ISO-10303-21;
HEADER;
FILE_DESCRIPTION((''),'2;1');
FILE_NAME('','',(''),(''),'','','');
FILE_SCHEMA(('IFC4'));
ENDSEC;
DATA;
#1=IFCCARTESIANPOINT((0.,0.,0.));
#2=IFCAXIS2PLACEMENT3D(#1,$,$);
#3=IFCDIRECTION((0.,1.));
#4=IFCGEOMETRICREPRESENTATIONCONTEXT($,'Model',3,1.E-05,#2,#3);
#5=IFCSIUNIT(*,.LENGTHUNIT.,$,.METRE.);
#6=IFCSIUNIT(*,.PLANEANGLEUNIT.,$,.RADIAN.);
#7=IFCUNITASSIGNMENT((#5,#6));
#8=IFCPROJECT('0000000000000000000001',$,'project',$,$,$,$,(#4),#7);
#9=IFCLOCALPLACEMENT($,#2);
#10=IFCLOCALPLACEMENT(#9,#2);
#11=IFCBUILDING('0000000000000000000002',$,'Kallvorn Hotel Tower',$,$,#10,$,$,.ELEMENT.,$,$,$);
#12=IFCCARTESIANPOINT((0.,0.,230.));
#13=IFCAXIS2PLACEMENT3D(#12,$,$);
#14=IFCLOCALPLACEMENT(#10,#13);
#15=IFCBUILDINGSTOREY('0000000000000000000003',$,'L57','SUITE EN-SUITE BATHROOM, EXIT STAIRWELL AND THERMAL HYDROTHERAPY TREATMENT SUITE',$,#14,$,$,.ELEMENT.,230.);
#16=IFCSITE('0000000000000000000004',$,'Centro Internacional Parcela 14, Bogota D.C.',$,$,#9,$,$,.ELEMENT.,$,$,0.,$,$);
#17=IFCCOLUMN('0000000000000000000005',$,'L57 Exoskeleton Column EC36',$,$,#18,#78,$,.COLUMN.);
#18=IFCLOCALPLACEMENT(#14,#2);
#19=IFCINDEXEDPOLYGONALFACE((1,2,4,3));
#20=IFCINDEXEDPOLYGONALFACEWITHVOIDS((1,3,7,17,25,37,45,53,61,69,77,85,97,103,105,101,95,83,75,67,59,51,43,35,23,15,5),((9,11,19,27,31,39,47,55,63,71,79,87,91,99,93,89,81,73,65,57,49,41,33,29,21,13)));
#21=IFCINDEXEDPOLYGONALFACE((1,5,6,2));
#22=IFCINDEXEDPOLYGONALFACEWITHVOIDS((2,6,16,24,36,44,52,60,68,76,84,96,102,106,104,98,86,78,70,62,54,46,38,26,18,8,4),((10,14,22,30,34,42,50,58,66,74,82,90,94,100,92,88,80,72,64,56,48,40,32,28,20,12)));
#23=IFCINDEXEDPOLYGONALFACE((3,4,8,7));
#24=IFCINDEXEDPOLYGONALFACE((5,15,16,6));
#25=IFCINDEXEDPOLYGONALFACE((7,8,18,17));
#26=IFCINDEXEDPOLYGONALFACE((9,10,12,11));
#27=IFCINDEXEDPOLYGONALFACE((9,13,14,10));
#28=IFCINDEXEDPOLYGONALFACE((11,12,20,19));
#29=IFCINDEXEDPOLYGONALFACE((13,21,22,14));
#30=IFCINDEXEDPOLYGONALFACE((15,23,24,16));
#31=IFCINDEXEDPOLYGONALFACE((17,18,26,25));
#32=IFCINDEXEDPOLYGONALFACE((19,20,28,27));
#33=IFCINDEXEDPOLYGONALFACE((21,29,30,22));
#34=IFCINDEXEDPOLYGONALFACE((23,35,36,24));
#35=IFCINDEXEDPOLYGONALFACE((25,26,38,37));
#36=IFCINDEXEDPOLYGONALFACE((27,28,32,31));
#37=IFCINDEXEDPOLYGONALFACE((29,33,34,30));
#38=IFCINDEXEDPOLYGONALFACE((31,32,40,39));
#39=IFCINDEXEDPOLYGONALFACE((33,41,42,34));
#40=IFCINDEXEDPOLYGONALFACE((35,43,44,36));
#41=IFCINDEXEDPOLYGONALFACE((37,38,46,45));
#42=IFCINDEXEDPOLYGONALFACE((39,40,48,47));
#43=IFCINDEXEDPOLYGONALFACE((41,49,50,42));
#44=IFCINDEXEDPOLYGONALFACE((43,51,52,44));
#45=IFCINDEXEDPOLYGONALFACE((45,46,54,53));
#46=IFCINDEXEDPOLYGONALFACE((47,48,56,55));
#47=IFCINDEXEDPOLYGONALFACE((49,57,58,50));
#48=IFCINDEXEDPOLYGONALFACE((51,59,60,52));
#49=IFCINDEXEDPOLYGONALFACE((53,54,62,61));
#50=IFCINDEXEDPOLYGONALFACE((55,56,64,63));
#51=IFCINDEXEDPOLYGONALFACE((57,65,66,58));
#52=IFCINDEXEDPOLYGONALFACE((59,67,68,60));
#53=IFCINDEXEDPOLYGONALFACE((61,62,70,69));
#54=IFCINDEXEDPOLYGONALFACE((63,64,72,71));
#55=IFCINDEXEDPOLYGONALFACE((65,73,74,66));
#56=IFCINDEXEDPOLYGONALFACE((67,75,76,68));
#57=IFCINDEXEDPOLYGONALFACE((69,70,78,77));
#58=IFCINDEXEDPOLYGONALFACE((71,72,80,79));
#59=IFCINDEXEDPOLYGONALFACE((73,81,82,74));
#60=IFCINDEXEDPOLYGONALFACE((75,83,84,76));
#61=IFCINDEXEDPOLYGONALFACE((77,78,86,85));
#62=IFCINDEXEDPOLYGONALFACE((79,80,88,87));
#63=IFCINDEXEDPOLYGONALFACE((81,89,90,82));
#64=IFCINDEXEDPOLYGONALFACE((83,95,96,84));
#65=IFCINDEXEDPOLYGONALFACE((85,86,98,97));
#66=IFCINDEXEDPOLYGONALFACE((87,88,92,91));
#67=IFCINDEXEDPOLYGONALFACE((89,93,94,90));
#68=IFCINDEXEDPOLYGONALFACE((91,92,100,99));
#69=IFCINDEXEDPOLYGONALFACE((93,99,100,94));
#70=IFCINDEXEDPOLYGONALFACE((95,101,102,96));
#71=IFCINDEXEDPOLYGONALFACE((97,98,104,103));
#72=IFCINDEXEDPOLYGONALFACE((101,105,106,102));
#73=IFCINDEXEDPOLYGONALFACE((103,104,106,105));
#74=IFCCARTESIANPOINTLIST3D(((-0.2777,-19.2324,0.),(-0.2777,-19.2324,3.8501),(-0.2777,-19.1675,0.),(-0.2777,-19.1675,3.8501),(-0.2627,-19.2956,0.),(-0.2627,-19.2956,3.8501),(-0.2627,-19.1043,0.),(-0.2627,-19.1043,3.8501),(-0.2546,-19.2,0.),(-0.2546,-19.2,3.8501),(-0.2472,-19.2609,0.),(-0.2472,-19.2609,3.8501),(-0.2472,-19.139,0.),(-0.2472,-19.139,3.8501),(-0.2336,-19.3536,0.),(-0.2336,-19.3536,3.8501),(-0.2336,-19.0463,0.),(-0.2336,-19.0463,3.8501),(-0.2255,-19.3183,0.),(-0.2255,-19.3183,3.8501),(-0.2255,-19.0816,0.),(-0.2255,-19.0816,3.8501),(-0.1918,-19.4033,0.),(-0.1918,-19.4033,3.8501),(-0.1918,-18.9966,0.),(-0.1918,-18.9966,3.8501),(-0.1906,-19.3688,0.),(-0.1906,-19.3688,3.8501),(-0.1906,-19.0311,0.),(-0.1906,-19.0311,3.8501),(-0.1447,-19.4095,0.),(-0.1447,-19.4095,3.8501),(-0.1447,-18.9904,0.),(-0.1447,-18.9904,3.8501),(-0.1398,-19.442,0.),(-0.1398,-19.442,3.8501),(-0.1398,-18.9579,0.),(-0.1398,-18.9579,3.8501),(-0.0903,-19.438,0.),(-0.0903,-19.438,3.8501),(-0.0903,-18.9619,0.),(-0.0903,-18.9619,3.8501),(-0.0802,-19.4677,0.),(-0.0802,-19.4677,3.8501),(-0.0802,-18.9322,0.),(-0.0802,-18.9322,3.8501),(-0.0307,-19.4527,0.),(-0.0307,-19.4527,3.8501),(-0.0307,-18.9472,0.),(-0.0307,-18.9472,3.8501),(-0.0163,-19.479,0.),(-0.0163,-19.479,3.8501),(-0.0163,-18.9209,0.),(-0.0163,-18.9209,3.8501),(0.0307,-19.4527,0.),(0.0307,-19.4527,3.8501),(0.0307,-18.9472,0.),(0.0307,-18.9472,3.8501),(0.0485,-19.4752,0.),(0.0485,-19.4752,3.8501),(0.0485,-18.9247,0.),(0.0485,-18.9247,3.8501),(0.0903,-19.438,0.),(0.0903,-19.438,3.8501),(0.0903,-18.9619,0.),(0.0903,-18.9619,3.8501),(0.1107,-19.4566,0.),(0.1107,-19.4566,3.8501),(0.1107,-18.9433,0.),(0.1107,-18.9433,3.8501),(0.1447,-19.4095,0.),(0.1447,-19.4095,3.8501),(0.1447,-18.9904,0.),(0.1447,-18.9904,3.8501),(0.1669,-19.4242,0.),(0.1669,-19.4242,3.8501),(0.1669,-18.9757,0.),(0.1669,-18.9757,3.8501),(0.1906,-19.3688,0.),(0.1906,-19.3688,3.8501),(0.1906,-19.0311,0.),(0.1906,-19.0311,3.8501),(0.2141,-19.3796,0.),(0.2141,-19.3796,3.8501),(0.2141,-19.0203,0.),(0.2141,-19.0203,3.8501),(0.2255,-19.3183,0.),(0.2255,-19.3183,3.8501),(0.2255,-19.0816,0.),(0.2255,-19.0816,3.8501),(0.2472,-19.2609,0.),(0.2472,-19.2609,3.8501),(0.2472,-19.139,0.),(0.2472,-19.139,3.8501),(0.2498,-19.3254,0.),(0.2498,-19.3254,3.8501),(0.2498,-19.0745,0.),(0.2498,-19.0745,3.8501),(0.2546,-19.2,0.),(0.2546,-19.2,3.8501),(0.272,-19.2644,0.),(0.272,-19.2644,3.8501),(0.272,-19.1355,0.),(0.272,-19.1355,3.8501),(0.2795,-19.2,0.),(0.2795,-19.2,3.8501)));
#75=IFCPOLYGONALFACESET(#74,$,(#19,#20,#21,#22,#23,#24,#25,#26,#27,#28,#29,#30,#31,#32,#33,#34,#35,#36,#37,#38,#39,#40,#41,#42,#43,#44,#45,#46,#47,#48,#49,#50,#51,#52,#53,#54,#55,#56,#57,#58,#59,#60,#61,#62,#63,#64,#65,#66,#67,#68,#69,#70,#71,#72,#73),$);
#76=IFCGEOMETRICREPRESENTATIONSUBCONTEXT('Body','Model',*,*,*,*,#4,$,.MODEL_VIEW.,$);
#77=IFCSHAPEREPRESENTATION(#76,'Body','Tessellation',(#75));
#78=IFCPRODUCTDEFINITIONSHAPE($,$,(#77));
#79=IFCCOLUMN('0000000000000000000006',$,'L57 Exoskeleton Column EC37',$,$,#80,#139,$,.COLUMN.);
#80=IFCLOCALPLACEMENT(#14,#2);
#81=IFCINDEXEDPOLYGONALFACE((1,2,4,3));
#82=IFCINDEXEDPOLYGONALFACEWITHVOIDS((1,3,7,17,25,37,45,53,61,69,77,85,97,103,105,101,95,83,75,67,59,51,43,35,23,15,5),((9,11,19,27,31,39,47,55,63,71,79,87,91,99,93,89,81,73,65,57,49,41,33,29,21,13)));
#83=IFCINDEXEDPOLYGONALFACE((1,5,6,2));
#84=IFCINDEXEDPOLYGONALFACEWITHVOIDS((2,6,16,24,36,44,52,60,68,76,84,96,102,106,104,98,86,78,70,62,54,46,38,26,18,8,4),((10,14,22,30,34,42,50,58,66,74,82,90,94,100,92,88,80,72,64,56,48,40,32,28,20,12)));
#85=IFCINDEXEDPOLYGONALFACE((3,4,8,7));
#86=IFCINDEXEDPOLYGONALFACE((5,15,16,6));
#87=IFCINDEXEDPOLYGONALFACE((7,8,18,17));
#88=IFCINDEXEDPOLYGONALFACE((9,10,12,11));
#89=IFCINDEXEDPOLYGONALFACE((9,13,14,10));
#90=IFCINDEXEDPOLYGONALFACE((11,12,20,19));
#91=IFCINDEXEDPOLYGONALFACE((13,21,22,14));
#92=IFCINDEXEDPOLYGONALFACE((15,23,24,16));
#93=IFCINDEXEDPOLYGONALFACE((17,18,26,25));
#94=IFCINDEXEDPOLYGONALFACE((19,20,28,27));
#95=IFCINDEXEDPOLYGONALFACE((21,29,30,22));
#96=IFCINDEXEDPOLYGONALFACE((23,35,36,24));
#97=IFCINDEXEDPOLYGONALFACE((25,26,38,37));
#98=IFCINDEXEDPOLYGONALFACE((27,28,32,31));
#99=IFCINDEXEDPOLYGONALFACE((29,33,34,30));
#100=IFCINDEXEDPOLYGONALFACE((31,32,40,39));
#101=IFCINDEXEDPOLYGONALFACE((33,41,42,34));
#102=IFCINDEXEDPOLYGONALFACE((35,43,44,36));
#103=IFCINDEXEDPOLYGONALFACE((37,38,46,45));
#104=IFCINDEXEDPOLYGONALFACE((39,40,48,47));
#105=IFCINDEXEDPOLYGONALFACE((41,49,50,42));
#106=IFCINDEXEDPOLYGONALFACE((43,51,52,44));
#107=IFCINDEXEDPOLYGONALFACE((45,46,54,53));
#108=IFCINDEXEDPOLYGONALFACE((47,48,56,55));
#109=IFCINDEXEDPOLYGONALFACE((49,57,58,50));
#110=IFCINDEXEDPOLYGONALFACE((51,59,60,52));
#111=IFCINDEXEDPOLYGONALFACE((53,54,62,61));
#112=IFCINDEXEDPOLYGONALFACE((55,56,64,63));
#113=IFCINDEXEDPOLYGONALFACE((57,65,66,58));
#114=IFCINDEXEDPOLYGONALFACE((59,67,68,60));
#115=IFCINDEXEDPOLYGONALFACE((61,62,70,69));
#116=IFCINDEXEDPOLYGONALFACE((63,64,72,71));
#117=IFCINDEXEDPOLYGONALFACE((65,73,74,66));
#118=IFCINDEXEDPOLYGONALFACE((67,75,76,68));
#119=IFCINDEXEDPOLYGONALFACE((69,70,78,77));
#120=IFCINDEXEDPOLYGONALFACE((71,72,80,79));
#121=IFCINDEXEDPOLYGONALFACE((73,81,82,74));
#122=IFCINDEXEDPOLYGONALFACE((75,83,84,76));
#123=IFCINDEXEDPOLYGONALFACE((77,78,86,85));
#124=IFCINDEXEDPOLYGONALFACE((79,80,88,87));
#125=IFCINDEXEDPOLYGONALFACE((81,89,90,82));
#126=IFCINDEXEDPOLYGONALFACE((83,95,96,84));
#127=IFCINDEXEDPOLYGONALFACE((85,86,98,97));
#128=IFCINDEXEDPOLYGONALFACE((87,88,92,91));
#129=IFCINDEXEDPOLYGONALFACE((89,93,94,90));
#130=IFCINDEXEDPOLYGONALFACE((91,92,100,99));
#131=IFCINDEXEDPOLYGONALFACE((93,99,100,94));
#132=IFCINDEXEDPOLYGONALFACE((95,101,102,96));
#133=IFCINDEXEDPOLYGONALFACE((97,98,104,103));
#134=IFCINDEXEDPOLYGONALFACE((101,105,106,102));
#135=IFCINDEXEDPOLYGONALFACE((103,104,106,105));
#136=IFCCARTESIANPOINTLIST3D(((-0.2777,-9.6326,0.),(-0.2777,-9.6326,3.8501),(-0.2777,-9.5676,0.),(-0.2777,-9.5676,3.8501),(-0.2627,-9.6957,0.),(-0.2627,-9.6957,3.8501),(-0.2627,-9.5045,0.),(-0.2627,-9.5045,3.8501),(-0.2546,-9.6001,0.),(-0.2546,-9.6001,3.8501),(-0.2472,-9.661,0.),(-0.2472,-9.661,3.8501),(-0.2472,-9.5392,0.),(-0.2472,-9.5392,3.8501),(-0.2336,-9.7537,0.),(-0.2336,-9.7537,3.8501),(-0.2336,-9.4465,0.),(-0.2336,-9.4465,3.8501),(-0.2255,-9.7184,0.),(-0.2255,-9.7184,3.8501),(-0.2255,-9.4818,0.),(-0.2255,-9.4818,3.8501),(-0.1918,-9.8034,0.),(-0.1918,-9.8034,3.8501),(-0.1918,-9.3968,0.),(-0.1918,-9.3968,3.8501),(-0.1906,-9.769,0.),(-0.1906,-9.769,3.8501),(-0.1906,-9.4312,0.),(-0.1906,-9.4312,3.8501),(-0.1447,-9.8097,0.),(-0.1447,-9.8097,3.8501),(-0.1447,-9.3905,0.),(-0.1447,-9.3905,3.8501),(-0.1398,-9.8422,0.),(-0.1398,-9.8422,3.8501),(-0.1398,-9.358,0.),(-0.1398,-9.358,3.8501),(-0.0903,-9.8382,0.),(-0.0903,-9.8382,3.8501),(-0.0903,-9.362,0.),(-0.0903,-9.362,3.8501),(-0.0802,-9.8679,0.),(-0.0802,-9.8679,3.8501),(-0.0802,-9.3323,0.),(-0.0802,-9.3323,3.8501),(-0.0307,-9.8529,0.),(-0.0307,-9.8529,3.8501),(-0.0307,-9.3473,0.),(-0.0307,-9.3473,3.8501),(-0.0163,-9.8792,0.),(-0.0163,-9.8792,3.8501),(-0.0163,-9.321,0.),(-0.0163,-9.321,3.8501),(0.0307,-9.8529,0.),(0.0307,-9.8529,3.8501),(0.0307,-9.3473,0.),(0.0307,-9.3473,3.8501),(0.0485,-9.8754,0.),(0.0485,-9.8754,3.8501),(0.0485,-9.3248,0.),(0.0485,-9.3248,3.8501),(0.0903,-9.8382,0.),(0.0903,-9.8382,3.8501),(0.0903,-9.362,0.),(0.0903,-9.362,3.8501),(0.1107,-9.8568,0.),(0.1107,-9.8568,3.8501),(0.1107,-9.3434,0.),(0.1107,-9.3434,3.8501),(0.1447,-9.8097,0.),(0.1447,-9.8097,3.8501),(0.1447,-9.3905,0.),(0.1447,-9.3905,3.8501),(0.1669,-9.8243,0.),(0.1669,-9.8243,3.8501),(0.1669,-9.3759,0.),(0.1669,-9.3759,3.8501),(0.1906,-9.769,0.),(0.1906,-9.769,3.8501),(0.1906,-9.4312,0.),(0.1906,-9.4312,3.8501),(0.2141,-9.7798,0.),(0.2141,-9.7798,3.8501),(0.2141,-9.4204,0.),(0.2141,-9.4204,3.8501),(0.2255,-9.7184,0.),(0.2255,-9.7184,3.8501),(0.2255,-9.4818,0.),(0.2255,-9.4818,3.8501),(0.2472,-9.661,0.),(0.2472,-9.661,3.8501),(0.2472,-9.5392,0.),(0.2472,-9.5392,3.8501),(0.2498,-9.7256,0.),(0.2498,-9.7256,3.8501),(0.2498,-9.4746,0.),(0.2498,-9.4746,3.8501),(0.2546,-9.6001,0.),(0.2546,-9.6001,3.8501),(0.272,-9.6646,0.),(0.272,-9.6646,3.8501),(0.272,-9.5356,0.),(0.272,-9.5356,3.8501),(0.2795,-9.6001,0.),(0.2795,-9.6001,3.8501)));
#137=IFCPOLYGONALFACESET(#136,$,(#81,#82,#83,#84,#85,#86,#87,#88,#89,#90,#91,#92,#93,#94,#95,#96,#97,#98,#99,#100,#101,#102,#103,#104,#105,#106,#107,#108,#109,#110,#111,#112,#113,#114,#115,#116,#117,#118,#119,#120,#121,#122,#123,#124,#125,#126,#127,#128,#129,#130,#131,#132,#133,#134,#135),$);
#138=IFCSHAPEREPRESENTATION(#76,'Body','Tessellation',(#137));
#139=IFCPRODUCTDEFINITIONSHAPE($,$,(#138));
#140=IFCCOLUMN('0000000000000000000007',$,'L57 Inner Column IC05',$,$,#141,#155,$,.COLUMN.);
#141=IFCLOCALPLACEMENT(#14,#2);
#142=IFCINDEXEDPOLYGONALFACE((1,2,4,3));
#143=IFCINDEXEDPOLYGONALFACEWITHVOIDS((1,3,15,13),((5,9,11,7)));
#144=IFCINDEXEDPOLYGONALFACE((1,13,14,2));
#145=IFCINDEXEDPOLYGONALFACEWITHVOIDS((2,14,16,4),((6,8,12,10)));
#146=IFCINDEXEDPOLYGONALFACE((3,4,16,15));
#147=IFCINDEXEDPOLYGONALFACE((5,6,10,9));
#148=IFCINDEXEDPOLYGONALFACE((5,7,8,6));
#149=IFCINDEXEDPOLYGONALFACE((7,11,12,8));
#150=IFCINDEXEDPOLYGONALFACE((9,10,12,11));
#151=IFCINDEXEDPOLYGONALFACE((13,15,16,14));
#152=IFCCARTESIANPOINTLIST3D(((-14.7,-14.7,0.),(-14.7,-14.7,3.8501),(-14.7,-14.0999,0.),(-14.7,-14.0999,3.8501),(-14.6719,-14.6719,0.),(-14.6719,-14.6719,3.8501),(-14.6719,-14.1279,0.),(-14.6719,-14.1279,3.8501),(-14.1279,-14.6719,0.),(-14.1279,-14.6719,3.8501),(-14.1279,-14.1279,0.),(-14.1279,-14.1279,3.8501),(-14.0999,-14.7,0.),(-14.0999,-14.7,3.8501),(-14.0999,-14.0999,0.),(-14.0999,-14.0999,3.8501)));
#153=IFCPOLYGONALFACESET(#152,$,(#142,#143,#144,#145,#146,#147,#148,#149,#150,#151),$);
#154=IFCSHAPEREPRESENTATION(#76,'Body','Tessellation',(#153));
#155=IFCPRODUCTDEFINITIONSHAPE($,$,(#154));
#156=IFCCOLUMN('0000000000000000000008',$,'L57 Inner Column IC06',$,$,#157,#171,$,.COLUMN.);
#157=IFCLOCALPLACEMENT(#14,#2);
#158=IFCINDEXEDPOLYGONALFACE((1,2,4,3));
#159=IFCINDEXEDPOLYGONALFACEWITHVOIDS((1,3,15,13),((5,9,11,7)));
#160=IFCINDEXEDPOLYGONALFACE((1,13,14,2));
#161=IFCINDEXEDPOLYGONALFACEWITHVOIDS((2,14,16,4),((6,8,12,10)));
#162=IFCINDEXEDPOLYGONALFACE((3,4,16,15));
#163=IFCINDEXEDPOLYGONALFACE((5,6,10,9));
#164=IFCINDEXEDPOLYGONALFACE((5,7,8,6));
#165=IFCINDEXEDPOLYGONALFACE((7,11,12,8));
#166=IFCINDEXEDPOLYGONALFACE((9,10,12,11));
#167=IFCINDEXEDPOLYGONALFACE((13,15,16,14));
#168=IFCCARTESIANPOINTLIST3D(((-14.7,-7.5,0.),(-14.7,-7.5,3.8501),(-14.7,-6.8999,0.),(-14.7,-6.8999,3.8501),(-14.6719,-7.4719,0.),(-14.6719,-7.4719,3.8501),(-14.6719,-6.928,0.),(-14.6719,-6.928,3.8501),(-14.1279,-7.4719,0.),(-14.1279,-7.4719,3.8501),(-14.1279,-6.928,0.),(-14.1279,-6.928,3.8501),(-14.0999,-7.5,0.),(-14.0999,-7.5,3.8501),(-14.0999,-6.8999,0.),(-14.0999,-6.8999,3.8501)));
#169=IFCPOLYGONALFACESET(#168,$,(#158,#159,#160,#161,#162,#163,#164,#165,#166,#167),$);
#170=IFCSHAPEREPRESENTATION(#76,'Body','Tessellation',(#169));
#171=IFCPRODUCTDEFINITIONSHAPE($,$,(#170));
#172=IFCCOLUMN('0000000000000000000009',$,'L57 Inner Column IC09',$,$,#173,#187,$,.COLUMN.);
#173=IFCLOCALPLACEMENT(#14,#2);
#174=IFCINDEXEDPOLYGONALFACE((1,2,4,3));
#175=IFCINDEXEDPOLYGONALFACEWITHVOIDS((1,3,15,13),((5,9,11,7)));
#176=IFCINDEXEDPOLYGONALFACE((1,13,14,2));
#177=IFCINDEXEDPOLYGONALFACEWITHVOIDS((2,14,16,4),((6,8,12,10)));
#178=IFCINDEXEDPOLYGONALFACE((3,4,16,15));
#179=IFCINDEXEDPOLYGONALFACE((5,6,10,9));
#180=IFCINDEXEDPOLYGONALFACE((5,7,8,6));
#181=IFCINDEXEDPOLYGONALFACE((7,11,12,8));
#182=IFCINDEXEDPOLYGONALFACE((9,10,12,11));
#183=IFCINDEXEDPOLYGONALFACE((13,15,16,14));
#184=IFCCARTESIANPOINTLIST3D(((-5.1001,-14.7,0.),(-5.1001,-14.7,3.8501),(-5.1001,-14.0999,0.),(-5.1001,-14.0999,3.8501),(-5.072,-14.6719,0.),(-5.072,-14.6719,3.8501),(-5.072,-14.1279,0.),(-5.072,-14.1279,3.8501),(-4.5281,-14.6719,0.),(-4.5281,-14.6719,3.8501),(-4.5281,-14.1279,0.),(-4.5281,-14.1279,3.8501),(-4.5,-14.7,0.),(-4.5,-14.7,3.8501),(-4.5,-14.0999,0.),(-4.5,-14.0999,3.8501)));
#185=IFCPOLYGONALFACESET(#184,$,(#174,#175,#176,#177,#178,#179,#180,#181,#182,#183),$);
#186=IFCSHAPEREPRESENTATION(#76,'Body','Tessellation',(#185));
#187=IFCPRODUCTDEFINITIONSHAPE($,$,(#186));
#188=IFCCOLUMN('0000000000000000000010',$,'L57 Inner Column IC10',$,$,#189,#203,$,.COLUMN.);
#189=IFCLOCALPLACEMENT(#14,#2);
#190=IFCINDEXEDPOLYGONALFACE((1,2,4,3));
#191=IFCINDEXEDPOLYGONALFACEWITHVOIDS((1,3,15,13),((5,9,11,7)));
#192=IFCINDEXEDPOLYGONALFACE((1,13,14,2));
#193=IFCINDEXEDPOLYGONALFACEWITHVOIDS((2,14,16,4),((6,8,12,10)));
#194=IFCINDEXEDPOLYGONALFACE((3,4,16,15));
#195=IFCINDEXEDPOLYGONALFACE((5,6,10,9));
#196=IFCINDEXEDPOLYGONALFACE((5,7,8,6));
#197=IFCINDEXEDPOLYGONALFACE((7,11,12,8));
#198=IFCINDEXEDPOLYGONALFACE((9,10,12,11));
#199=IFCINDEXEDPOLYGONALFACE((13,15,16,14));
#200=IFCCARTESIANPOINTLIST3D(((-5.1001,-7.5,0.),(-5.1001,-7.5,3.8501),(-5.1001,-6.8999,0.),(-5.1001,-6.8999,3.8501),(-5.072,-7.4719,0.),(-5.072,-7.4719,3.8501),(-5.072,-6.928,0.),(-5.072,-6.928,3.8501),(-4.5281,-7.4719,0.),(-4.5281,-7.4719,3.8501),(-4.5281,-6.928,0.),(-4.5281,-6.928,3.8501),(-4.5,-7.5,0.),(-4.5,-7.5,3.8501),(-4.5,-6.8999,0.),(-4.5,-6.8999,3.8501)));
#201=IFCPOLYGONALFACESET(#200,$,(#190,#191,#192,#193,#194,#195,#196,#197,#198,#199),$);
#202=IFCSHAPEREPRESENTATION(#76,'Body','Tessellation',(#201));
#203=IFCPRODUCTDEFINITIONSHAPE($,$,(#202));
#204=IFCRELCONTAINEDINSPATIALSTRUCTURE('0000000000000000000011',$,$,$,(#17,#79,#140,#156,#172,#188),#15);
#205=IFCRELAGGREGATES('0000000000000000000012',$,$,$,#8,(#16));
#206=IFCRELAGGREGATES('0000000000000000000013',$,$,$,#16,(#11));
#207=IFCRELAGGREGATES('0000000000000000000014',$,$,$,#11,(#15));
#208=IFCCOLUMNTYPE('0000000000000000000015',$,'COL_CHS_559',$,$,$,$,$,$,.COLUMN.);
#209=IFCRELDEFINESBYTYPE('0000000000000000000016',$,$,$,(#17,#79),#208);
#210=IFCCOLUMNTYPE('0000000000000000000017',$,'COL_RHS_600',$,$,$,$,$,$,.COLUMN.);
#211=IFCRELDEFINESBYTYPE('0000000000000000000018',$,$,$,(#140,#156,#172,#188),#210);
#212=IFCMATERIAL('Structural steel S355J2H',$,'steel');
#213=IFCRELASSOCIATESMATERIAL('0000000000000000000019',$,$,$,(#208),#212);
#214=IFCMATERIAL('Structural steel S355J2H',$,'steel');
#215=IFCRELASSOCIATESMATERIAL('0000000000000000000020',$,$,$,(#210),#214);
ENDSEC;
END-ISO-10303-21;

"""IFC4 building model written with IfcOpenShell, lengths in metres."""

from ifc_helpers import new_model, si_unit, direction, frame, origin, origin_2d, place, context, subcontext, project, spatial, hollow_rectangle, hollow_circle, extrude, material, material_profile, profile_set, type_object, element, save


model = new_model("IFC4")

# Units and contexts
model_context = context("Model", 3, precision=1e-05, world=origin(), true_north=direction((0.0, 1.0)))
body_context = subcontext(model_context, "Body", "Model", "MODEL_VIEW")
ifc_project = project(units=[si_unit("LENGTHUNIT", "METRE"), si_unit("PLANEANGLEUNIT", "RADIAN")], contexts=[model_context])

# Site, building, storey
site_placement = place(None, origin())
site = spatial("IfcSite", under=ifc_project, at=site_placement, Name="Centro Internacional Parcela 14, Bogota D.C.", CompositionType="ELEMENT", RefElevation=0.0)
building_placement = place(site_placement, origin())
building = spatial("IfcBuilding", under=site, at=building_placement, Name="Kallvorn Hotel Tower", CompositionType="ELEMENT")
storey_placement = place(building_placement, frame((0.0, 0.0, 230.0)))
storey = spatial("IfcBuildingStorey", under=building, at=storey_placement, Name="L57", Description="SUITE EN-SUITE BATHROOM, EXIT STAIRWELL AND THERMAL HYDROTHERAPY TREATMENT SUITE", CompositionType="ELEMENT", Elevation=230.0)

# Columns
ifc_material_1 = material(Name="Structural steel S355J2H", Category="steel")
ifc_material_profile_1 = material_profile(ifc_material_1, hollow_circle(Radius=0.2795, WallThickness=0.0249, at=origin_2d()), Name="CHS 559x25")
ifc_profile_set_1 = profile_set([ifc_material_profile_1], Name="Structural steel S355J2H")
column_type_1 = type_object("IfcColumnType", Name="COL_CHS_559", PredefinedType="COLUMN", material=ifc_profile_set_1)
for number, where, z_axis, x_axis, name in (
    (1, (0.0, -19.2, 0.0), (0.0, 0.0, 1.0), (1.0, 0.0, 0.0), "L57 Exoskeleton Column EC36"),
    (2, (0.0, -9.6001, 0.0), (0.0, 0.0, 1.0), (1.0, 0.0, 0.0), "L57 Exoskeleton Column EC37"),
):
    element("IfcColumn", number, at=place(storey_placement, frame(where, z_axis=z_axis, x_axis=x_axis)), inside=storey, type_object=column_type_1, Name=name, PredefinedType="COLUMN", context=body_context, shape_type="SweptSolid", body=[
        extrude(hollow_circle(Radius=0.2795, WallThickness=0.0249, at=origin_2d()), origin(), (0.0, 0.0, 1.0), 3.8501),
    ])
ifc_material_2 = material(Name="Structural steel S355J2H", Category="steel")
ifc_material_profile_2 = material_profile(ifc_material_2, hollow_rectangle(XDim=0.6001, YDim=0.6001, WallThickness=0.0281, at=origin_2d()), Name="RHS 600x600x28")
ifc_profile_set_2 = profile_set([ifc_material_profile_2], Name="Structural steel S355J2H")
column_type_2 = type_object("IfcColumnType", Name="COL_RHS_600", PredefinedType="COLUMN", material=ifc_profile_set_2)
for number, where, z_axis, x_axis, name in (
    (3, (-14.3999, -14.3999, 0.0), (0.0, 0.0, 1.0), (1.0, 0.0, 0.0), "L57 Inner Column IC05"),
    (4, (-14.3999, -7.2, 0.0), (0.0, 0.0, 1.0), (1.0, 0.0, 0.0), "L57 Inner Column IC06"),
    (5, (-4.8, -14.3999, 0.0), (0.0, 0.0, 1.0), (1.0, 0.0, 0.0), "L57 Inner Column IC09"),
    (6, (-4.8, -7.2, 0.0), (0.0, 0.0, 1.0), (1.0, 0.0, 0.0), "L57 Inner Column IC10"),
):
    element("IfcColumn", number, at=place(storey_placement, frame(where, z_axis=z_axis, x_axis=x_axis)), inside=storey, type_object=column_type_2, Name=name, PredefinedType="COLUMN", context=body_context, shape_type="SweptSolid", body=[
        extrude(hollow_rectangle(XDim=0.6001, YDim=0.6001, WallThickness=0.0281, at=origin_2d()), origin(), (0.0, 0.0, 1.0), 3.8501),
    ])

save(model, "model.ifc")
